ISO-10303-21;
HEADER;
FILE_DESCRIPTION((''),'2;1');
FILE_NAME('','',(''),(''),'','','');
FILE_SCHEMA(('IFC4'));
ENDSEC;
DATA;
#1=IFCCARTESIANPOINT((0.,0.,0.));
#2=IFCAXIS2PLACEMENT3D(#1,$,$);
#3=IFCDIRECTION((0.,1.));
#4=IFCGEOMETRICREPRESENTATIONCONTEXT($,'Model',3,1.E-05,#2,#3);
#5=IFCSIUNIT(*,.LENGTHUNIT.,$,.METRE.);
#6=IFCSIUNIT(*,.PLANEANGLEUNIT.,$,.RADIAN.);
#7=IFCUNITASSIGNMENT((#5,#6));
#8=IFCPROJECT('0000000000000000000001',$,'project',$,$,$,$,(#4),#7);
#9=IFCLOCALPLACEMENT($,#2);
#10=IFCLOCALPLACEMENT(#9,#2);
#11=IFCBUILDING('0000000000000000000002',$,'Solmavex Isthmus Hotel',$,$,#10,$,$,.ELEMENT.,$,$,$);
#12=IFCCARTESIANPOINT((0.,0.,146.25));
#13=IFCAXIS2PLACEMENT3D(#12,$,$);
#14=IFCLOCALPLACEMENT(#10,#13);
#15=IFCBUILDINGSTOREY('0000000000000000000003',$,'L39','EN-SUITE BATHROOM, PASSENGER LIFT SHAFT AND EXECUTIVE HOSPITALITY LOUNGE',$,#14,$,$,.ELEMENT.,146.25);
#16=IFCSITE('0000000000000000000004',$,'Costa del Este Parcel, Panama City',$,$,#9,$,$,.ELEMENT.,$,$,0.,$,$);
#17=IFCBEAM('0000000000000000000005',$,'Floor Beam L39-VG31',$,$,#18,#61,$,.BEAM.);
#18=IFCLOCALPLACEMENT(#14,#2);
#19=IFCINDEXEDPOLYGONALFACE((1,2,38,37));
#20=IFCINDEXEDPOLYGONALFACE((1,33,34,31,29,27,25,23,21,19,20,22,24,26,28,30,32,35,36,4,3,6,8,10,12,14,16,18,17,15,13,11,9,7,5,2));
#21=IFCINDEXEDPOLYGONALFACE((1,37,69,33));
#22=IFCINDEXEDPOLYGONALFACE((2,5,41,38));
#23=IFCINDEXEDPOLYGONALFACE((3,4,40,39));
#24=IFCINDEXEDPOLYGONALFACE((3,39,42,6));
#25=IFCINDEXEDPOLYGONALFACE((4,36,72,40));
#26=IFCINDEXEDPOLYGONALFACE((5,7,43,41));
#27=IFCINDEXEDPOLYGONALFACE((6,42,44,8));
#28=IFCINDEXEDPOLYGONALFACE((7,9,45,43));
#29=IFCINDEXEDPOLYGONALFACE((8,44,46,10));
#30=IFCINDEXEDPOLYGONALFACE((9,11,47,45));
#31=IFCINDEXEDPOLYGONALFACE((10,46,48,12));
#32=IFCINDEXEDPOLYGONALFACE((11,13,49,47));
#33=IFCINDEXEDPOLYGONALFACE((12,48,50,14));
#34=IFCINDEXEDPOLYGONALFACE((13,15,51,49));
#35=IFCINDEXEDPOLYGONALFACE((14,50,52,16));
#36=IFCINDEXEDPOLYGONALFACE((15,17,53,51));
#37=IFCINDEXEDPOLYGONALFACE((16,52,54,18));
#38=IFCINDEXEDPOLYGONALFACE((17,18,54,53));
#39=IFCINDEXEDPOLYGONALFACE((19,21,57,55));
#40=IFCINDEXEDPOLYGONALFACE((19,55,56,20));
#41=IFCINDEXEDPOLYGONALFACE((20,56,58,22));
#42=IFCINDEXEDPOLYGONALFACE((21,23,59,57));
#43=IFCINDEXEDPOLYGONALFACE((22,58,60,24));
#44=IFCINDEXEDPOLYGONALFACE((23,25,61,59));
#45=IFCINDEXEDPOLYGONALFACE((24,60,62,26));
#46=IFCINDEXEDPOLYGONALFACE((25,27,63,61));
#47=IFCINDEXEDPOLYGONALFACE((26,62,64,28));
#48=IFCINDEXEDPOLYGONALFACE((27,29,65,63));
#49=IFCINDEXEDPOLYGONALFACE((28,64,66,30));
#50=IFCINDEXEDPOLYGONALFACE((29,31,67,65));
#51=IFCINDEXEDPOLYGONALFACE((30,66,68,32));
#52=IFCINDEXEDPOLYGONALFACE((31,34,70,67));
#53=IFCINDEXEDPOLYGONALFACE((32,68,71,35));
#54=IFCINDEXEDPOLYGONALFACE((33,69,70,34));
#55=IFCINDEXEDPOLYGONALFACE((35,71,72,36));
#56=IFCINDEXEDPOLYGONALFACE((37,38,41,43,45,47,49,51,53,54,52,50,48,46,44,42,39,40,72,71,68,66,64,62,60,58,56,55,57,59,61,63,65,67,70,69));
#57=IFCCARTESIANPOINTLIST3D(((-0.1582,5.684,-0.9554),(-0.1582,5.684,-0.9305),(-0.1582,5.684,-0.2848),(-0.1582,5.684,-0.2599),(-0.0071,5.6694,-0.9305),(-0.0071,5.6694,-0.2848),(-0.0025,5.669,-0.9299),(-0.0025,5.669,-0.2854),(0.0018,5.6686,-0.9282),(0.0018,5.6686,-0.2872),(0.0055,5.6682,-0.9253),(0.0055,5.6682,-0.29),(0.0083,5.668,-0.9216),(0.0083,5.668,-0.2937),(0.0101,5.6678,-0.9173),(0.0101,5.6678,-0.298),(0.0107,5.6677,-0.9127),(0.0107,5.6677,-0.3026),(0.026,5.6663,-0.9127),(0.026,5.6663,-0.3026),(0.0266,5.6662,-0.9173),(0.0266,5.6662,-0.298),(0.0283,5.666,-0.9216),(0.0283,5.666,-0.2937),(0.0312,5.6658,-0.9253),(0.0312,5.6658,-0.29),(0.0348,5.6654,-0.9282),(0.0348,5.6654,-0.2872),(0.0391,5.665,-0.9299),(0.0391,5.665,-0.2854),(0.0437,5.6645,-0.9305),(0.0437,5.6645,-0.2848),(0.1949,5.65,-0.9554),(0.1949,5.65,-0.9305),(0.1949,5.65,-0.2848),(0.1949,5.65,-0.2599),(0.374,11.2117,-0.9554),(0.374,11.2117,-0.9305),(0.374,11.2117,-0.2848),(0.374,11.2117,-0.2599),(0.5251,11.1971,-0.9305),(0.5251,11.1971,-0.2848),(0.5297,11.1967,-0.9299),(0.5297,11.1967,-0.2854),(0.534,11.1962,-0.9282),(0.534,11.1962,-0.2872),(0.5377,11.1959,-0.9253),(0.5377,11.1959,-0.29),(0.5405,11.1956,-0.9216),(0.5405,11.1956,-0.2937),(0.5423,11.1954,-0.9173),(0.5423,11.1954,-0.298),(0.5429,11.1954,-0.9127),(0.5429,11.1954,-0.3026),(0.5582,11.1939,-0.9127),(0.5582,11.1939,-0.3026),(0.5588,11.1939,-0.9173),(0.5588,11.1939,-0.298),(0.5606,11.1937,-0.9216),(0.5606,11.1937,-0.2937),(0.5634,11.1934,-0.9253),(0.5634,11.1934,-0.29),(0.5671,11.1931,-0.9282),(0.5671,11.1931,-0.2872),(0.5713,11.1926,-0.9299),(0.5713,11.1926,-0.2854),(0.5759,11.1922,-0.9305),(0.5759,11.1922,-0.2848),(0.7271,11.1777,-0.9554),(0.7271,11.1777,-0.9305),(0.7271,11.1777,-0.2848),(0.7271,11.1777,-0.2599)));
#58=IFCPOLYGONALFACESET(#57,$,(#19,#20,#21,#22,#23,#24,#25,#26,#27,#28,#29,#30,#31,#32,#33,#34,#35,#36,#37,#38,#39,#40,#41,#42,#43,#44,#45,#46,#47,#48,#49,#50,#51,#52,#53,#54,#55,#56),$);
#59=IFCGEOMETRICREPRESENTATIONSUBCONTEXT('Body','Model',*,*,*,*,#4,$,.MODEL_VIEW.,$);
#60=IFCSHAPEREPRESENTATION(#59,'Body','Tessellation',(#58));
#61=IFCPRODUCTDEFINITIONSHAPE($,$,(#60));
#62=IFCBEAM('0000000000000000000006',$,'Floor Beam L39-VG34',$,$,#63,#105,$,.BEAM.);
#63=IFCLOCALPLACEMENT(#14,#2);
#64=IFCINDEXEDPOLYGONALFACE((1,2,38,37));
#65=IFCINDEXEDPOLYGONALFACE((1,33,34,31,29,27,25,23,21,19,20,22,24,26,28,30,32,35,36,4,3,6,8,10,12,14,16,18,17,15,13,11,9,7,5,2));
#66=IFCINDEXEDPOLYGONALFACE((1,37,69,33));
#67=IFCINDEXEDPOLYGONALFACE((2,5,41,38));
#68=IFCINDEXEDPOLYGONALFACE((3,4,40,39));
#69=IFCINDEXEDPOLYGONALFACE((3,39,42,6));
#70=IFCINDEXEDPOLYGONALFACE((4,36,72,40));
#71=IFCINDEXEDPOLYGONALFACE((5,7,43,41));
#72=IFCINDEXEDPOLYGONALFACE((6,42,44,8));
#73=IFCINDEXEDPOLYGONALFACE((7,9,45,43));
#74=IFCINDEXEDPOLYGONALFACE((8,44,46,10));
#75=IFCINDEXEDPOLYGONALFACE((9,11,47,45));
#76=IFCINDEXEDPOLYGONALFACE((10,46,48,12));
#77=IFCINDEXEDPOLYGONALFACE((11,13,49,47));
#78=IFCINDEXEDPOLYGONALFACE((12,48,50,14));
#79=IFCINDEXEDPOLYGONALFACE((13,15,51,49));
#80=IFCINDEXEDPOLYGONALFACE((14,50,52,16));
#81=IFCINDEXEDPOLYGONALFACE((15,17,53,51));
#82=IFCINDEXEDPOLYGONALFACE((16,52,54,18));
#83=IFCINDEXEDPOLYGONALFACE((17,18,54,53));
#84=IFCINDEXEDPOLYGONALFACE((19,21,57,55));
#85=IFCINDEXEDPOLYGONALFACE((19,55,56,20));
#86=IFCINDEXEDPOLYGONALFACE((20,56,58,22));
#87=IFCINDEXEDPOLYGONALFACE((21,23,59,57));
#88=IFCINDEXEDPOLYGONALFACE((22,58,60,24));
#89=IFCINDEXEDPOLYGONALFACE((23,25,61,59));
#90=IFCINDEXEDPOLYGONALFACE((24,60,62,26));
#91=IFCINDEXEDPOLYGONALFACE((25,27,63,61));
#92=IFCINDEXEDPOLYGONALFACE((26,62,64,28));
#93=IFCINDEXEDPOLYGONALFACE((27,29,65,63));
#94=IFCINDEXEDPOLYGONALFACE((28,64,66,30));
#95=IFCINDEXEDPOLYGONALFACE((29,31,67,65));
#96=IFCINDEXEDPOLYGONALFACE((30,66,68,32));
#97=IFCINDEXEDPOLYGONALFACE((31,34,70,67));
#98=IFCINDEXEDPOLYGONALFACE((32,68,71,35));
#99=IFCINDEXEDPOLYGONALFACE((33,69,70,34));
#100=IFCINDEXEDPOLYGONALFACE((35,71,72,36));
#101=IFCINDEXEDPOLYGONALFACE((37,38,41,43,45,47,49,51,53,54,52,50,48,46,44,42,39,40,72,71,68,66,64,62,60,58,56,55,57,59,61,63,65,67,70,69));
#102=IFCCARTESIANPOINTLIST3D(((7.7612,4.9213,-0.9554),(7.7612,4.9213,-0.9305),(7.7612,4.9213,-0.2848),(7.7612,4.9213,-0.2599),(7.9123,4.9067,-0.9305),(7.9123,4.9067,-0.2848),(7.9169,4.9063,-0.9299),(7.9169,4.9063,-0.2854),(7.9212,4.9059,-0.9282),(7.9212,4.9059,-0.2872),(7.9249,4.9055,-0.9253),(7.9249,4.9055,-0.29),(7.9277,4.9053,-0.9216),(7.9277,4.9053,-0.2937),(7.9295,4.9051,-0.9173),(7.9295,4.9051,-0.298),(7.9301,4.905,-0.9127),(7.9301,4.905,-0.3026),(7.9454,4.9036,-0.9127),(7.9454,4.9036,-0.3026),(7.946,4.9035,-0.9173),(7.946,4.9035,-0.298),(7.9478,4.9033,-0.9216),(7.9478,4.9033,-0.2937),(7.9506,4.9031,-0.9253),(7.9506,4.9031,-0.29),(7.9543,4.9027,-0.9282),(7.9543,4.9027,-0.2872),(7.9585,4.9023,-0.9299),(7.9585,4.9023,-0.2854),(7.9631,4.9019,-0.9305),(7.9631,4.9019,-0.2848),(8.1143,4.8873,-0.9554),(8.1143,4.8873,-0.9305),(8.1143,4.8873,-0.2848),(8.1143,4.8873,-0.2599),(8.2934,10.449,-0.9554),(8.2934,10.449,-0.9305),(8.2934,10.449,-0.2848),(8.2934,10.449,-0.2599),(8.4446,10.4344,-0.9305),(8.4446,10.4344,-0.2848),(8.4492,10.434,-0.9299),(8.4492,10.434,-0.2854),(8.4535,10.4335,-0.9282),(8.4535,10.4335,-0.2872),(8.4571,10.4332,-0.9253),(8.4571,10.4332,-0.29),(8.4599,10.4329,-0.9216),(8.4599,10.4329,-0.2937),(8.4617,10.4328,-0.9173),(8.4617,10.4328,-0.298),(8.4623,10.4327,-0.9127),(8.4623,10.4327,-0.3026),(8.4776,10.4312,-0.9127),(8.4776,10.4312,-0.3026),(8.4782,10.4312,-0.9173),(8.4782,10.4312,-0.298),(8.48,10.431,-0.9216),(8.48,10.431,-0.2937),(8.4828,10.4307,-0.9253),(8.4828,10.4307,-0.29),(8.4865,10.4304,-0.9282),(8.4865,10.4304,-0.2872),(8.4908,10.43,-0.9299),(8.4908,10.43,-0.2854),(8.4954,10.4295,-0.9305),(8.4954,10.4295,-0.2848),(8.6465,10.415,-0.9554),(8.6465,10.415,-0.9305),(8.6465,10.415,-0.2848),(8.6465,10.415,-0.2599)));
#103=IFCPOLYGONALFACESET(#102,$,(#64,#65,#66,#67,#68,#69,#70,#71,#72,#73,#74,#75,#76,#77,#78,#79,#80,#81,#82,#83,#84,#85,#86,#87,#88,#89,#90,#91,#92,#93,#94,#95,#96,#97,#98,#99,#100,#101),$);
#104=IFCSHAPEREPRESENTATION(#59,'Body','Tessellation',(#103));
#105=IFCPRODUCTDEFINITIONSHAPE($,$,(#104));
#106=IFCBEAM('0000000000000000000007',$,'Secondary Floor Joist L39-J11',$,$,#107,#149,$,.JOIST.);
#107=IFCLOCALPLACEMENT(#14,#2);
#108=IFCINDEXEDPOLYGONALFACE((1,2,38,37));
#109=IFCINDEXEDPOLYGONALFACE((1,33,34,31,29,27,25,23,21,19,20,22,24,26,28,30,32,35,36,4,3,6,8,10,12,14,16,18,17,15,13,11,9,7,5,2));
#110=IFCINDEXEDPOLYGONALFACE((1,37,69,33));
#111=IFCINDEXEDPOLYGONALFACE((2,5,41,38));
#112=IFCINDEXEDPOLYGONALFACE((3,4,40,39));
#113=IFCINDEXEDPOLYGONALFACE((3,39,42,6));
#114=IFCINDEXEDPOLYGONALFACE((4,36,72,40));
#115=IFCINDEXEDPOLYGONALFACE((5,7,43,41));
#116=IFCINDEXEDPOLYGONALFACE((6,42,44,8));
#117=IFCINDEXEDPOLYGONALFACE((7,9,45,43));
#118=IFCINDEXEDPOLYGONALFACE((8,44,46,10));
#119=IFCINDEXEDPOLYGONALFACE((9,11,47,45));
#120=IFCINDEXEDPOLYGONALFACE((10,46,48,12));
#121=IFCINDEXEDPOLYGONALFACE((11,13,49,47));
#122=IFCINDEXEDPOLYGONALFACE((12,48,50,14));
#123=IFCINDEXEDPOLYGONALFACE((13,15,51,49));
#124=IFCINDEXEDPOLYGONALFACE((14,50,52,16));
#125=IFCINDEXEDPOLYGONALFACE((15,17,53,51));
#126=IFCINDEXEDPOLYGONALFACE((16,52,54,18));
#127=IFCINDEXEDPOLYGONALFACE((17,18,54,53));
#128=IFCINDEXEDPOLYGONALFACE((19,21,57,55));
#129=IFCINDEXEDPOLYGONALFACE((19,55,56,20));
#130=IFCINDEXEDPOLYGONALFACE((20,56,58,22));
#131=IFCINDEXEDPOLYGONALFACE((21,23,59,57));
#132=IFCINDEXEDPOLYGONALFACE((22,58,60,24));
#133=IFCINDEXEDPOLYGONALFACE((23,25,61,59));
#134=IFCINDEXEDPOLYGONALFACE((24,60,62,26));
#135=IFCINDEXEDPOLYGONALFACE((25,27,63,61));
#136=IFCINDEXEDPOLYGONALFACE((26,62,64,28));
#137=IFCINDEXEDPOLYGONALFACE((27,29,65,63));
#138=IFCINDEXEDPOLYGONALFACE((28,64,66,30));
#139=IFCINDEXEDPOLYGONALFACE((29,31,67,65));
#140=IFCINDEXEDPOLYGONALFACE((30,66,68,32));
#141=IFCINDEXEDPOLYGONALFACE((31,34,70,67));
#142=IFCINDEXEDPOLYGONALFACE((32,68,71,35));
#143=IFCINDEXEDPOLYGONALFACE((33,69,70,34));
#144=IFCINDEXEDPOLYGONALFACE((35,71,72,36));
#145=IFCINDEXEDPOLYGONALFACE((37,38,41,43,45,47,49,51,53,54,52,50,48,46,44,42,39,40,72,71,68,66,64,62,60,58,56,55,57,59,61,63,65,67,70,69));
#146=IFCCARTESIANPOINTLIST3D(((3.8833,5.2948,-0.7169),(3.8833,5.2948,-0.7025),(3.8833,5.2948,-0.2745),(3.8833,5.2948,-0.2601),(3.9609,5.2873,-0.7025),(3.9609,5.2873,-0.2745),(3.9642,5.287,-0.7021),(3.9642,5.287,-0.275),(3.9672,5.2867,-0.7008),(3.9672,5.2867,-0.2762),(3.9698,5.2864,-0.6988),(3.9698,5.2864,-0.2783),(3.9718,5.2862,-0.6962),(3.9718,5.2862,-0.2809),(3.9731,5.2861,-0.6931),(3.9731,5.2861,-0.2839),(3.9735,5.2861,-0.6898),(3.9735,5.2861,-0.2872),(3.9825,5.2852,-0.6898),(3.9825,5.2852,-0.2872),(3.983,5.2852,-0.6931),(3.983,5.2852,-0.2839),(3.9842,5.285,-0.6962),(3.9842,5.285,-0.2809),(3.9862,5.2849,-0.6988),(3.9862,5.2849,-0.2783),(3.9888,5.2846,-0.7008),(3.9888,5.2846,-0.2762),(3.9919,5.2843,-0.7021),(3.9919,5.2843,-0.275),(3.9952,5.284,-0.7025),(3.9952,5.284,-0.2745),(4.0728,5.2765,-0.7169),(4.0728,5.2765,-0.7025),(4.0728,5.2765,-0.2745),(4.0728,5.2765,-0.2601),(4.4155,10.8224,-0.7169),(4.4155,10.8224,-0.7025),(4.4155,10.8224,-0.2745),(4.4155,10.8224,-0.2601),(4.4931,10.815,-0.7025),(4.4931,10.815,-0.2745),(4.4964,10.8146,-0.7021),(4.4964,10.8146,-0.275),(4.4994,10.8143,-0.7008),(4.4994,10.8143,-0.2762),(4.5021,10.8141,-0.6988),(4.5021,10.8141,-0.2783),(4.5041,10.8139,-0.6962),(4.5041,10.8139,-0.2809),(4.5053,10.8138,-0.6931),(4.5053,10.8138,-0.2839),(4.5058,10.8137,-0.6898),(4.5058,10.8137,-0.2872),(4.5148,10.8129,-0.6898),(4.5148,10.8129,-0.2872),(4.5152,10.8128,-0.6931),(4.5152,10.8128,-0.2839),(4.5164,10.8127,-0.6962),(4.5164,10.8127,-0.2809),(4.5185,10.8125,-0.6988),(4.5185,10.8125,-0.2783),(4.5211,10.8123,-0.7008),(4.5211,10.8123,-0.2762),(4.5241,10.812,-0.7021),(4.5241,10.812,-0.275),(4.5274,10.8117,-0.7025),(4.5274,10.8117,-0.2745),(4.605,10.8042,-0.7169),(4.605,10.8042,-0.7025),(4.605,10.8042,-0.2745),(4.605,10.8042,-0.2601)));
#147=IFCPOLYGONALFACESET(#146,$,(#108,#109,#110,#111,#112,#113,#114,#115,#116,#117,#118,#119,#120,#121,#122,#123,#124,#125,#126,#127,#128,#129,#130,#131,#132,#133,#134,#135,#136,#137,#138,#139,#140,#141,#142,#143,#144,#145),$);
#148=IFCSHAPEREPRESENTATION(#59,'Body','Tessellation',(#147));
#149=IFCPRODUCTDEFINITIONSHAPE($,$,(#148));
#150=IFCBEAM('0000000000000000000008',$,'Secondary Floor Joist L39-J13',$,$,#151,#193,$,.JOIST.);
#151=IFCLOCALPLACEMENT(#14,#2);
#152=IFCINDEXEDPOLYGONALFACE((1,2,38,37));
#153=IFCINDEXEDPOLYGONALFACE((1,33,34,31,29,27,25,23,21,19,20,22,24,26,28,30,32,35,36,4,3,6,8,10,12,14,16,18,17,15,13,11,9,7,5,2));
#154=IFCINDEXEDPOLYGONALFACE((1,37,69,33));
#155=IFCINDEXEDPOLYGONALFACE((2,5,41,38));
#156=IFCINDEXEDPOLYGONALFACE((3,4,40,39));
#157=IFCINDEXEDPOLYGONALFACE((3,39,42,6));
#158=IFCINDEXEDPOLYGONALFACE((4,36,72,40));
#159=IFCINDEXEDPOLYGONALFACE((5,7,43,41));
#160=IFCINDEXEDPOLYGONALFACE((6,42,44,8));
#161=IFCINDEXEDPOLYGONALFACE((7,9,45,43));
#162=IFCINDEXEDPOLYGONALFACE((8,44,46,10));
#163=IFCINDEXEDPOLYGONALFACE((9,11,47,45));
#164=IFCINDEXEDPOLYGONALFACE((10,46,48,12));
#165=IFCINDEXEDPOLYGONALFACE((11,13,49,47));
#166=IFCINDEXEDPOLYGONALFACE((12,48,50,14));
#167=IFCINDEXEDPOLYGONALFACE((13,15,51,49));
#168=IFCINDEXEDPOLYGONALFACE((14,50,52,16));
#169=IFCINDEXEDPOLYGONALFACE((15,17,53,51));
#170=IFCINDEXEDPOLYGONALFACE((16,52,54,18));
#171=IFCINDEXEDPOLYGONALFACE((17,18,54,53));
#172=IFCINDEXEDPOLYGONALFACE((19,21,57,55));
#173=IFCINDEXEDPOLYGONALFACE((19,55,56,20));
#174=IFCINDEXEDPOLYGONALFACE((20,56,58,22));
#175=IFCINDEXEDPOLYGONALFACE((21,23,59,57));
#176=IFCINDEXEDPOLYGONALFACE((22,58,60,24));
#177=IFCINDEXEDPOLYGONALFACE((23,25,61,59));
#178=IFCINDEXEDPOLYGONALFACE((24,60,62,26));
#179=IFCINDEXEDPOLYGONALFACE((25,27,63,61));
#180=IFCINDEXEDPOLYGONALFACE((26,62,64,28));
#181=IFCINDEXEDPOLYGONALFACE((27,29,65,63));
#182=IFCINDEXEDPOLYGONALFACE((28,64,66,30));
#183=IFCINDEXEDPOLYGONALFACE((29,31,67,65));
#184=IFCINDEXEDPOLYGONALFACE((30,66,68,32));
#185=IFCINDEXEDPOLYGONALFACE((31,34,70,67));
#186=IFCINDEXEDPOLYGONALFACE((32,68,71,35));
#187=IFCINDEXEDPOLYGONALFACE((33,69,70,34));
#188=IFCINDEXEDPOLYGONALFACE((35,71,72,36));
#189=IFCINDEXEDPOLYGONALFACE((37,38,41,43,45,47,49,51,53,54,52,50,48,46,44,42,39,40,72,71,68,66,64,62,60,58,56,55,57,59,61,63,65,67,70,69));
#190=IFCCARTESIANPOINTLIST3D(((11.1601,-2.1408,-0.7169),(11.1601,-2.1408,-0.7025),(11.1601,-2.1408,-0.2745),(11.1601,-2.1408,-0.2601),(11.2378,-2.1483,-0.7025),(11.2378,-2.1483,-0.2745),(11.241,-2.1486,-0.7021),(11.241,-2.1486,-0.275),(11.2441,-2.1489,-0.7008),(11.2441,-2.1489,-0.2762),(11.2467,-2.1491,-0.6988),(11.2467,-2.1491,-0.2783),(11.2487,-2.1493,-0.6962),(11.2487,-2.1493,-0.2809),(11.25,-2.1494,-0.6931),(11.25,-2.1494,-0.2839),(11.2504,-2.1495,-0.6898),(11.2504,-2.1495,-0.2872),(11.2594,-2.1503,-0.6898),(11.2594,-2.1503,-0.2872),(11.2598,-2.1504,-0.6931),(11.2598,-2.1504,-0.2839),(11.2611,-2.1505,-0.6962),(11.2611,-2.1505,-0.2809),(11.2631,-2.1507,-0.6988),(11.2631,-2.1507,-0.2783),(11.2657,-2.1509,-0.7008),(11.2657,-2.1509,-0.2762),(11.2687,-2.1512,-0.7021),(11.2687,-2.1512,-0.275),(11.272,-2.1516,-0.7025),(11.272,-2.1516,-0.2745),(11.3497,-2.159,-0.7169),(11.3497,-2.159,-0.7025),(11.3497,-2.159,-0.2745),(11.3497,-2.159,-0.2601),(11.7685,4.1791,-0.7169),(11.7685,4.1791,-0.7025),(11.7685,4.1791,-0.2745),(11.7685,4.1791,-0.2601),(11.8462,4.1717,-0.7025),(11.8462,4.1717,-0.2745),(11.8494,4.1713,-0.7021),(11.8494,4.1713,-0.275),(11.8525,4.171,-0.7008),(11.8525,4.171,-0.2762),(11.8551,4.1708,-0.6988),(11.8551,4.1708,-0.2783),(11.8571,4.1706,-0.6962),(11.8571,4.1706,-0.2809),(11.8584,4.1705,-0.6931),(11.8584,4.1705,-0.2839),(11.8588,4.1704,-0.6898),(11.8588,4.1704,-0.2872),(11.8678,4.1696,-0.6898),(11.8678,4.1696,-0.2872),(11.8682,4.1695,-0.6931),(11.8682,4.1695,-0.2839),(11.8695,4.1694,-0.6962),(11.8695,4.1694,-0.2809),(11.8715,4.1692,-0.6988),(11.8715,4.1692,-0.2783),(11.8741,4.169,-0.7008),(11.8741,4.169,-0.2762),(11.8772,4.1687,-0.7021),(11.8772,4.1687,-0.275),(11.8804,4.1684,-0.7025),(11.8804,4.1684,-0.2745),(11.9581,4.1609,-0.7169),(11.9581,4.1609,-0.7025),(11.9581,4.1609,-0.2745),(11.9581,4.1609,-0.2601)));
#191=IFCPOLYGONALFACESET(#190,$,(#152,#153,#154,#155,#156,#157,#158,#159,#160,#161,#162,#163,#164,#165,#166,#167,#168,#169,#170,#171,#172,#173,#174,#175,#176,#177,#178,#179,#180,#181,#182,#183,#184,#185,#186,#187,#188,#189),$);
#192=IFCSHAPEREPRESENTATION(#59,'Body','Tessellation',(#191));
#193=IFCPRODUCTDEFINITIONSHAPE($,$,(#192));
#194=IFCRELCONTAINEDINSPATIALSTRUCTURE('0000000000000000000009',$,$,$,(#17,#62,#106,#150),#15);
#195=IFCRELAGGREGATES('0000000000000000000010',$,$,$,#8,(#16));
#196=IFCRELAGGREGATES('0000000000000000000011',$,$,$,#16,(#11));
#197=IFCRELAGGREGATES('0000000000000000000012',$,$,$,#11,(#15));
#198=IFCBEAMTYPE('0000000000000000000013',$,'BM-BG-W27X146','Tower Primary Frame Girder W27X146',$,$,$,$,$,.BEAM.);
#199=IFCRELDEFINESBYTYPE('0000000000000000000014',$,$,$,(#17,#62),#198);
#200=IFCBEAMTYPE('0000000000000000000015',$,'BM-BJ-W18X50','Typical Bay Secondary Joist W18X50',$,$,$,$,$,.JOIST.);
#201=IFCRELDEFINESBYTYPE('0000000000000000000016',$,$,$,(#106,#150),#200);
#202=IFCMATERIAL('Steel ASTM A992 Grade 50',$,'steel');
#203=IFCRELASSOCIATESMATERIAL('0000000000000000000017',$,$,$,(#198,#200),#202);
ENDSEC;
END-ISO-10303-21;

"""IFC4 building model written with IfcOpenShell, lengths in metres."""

from ifc_helpers import new_model, si_unit, direction, frame, origin, origin_2d, place, context, subcontext, project, spatial, i_section, extrude, material, material_profile, profile_set, type_object, element, save


model = new_model("IFC4")

# Units and contexts
model_context = context("Model", 3, precision=1e-05, world=origin(), true_north=direction((0.0, 1.0)))
body_context = subcontext(model_context, "Body", "Model", "MODEL_VIEW")
ifc_project = project(units=[si_unit("LENGTHUNIT", "METRE"), si_unit("PLANEANGLEUNIT", "RADIAN")], contexts=[model_context])

# Site, building, storey
site_placement = place(None, origin())
site = spatial("IfcSite", under=ifc_project, at=site_placement, Name="Costa del Este Parcel, Panama City", CompositionType="ELEMENT", RefElevation=0.0)
building_placement = place(site_placement, origin())
building = spatial("IfcBuilding", under=site, at=building_placement, Name="Solmavex Isthmus Hotel", CompositionType="ELEMENT")
storey_placement = place(building_placement, frame((0.0, 0.0, 146.25)))
storey = spatial("IfcBuildingStorey", under=building, at=storey_placement, Name="L39", Description="EN-SUITE BATHROOM, PASSENGER LIFT SHAFT AND EXECUTIVE HOSPITALITY LOUNGE", CompositionType="ELEMENT", Elevation=146.25)

# Beams
ifc_material_1 = material(Name="Steel ASTM A992 Grade 50", Category="steel")
ifc_material_profile_1 = material_profile(ifc_material_1, i_section(OverallWidth=0.3547, OverallDepth=0.6956, WebThickness=0.0154, FlangeThickness=0.0249, FilletRadius=0.0178, at=origin_2d()), Name="W27X146")
ifc_profile_set_1 = profile_set([ifc_material_profile_1], Name="Steel ASTM A992 Grade 50")
beam_type_1 = type_object("IfcBeamType", Name="BM-BG-W27X146", Description="Tower Primary Frame Girder W27X146", PredefinedType="BEAM", material=ifc_profile_set_1)
for number, where, z_axis, x_axis, name in (
    (1, (0.0183, 5.667, -0.6077), (0.095842, 0.995397, 0.0), (-0.995397, 0.095842, 0.0), "Floor Beam L39-VG31"),
    (2, (7.9377, 4.9043, -0.6077), (0.095842, 0.995397, 0.0), (-0.995397, 0.095842, 0.0), "Floor Beam L39-VG34"),
):
    element("IfcBeam", number, at=place(storey_placement, frame(where, z_axis=z_axis, x_axis=x_axis)), inside=storey, type_object=beam_type_1, Name=name, PredefinedType="BEAM", context=body_context, shape_type="SweptSolid", body=[
        extrude(i_section(OverallWidth=0.3547, OverallDepth=0.6956, WebThickness=0.0154, FlangeThickness=0.0249, FilletRadius=0.0178, at=origin_2d()), origin(), (0.0, 0.0, 1.0), 5.5532),
    ])
ifc_material_profile_2 = material_profile(ifc_material_1, i_section(OverallWidth=0.1904, OverallDepth=0.4568, WebThickness=0.009, FlangeThickness=0.0144, FilletRadius=0.0127, at=origin_2d()), Name="W18X50")
ifc_profile_set_2 = profile_set([ifc_material_profile_2], Name="Steel ASTM A992 Grade 50")
beam_type_2 = type_object("IfcBeamType", Name="BM-BJ-W18X50", Description="Typical Bay Secondary Joist W18X50", PredefinedType="JOIST", material=ifc_profile_set_2)
beam_1_placement = place(storey_placement, frame((3.978, 5.2856, -0.4885), z_axis=(0.095842, 0.995397, 0.0), x_axis=(-0.995397, 0.095842, 0.0)))
element("IfcBeam", 3, at=beam_1_placement, inside=storey, type_object=beam_type_2, Name="Secondary Floor Joist L39-J11", PredefinedType="JOIST", context=body_context, shape_type="SweptSolid", body=[
    extrude(i_section(OverallWidth=0.1904, OverallDepth=0.4568, WebThickness=0.009, FlangeThickness=0.0144, FilletRadius=0.0127, at=origin_2d()), origin(), (0.0, 0.0, 1.0), 5.5532),
])
beam_2_placement = place(storey_placement, frame((11.2549, -2.1499, -0.4885), z_axis=(0.095825, 0.995398, 0.0), x_axis=(-0.995398, 0.095825, 0.0)))
element("IfcBeam", 4, at=beam_2_placement, inside=storey, type_object=beam_type_2, Name="Secondary Floor Joist L39-J13", PredefinedType="JOIST", context=body_context, shape_type="SweptSolid", body=[
    extrude(i_section(OverallWidth=0.1904, OverallDepth=0.4568, WebThickness=0.009, FlangeThickness=0.0144, FilletRadius=0.0127, at=origin_2d()), origin(), (0.0, 0.0, 1.0), 6.3491),
])

save(model, "model.ifc")
